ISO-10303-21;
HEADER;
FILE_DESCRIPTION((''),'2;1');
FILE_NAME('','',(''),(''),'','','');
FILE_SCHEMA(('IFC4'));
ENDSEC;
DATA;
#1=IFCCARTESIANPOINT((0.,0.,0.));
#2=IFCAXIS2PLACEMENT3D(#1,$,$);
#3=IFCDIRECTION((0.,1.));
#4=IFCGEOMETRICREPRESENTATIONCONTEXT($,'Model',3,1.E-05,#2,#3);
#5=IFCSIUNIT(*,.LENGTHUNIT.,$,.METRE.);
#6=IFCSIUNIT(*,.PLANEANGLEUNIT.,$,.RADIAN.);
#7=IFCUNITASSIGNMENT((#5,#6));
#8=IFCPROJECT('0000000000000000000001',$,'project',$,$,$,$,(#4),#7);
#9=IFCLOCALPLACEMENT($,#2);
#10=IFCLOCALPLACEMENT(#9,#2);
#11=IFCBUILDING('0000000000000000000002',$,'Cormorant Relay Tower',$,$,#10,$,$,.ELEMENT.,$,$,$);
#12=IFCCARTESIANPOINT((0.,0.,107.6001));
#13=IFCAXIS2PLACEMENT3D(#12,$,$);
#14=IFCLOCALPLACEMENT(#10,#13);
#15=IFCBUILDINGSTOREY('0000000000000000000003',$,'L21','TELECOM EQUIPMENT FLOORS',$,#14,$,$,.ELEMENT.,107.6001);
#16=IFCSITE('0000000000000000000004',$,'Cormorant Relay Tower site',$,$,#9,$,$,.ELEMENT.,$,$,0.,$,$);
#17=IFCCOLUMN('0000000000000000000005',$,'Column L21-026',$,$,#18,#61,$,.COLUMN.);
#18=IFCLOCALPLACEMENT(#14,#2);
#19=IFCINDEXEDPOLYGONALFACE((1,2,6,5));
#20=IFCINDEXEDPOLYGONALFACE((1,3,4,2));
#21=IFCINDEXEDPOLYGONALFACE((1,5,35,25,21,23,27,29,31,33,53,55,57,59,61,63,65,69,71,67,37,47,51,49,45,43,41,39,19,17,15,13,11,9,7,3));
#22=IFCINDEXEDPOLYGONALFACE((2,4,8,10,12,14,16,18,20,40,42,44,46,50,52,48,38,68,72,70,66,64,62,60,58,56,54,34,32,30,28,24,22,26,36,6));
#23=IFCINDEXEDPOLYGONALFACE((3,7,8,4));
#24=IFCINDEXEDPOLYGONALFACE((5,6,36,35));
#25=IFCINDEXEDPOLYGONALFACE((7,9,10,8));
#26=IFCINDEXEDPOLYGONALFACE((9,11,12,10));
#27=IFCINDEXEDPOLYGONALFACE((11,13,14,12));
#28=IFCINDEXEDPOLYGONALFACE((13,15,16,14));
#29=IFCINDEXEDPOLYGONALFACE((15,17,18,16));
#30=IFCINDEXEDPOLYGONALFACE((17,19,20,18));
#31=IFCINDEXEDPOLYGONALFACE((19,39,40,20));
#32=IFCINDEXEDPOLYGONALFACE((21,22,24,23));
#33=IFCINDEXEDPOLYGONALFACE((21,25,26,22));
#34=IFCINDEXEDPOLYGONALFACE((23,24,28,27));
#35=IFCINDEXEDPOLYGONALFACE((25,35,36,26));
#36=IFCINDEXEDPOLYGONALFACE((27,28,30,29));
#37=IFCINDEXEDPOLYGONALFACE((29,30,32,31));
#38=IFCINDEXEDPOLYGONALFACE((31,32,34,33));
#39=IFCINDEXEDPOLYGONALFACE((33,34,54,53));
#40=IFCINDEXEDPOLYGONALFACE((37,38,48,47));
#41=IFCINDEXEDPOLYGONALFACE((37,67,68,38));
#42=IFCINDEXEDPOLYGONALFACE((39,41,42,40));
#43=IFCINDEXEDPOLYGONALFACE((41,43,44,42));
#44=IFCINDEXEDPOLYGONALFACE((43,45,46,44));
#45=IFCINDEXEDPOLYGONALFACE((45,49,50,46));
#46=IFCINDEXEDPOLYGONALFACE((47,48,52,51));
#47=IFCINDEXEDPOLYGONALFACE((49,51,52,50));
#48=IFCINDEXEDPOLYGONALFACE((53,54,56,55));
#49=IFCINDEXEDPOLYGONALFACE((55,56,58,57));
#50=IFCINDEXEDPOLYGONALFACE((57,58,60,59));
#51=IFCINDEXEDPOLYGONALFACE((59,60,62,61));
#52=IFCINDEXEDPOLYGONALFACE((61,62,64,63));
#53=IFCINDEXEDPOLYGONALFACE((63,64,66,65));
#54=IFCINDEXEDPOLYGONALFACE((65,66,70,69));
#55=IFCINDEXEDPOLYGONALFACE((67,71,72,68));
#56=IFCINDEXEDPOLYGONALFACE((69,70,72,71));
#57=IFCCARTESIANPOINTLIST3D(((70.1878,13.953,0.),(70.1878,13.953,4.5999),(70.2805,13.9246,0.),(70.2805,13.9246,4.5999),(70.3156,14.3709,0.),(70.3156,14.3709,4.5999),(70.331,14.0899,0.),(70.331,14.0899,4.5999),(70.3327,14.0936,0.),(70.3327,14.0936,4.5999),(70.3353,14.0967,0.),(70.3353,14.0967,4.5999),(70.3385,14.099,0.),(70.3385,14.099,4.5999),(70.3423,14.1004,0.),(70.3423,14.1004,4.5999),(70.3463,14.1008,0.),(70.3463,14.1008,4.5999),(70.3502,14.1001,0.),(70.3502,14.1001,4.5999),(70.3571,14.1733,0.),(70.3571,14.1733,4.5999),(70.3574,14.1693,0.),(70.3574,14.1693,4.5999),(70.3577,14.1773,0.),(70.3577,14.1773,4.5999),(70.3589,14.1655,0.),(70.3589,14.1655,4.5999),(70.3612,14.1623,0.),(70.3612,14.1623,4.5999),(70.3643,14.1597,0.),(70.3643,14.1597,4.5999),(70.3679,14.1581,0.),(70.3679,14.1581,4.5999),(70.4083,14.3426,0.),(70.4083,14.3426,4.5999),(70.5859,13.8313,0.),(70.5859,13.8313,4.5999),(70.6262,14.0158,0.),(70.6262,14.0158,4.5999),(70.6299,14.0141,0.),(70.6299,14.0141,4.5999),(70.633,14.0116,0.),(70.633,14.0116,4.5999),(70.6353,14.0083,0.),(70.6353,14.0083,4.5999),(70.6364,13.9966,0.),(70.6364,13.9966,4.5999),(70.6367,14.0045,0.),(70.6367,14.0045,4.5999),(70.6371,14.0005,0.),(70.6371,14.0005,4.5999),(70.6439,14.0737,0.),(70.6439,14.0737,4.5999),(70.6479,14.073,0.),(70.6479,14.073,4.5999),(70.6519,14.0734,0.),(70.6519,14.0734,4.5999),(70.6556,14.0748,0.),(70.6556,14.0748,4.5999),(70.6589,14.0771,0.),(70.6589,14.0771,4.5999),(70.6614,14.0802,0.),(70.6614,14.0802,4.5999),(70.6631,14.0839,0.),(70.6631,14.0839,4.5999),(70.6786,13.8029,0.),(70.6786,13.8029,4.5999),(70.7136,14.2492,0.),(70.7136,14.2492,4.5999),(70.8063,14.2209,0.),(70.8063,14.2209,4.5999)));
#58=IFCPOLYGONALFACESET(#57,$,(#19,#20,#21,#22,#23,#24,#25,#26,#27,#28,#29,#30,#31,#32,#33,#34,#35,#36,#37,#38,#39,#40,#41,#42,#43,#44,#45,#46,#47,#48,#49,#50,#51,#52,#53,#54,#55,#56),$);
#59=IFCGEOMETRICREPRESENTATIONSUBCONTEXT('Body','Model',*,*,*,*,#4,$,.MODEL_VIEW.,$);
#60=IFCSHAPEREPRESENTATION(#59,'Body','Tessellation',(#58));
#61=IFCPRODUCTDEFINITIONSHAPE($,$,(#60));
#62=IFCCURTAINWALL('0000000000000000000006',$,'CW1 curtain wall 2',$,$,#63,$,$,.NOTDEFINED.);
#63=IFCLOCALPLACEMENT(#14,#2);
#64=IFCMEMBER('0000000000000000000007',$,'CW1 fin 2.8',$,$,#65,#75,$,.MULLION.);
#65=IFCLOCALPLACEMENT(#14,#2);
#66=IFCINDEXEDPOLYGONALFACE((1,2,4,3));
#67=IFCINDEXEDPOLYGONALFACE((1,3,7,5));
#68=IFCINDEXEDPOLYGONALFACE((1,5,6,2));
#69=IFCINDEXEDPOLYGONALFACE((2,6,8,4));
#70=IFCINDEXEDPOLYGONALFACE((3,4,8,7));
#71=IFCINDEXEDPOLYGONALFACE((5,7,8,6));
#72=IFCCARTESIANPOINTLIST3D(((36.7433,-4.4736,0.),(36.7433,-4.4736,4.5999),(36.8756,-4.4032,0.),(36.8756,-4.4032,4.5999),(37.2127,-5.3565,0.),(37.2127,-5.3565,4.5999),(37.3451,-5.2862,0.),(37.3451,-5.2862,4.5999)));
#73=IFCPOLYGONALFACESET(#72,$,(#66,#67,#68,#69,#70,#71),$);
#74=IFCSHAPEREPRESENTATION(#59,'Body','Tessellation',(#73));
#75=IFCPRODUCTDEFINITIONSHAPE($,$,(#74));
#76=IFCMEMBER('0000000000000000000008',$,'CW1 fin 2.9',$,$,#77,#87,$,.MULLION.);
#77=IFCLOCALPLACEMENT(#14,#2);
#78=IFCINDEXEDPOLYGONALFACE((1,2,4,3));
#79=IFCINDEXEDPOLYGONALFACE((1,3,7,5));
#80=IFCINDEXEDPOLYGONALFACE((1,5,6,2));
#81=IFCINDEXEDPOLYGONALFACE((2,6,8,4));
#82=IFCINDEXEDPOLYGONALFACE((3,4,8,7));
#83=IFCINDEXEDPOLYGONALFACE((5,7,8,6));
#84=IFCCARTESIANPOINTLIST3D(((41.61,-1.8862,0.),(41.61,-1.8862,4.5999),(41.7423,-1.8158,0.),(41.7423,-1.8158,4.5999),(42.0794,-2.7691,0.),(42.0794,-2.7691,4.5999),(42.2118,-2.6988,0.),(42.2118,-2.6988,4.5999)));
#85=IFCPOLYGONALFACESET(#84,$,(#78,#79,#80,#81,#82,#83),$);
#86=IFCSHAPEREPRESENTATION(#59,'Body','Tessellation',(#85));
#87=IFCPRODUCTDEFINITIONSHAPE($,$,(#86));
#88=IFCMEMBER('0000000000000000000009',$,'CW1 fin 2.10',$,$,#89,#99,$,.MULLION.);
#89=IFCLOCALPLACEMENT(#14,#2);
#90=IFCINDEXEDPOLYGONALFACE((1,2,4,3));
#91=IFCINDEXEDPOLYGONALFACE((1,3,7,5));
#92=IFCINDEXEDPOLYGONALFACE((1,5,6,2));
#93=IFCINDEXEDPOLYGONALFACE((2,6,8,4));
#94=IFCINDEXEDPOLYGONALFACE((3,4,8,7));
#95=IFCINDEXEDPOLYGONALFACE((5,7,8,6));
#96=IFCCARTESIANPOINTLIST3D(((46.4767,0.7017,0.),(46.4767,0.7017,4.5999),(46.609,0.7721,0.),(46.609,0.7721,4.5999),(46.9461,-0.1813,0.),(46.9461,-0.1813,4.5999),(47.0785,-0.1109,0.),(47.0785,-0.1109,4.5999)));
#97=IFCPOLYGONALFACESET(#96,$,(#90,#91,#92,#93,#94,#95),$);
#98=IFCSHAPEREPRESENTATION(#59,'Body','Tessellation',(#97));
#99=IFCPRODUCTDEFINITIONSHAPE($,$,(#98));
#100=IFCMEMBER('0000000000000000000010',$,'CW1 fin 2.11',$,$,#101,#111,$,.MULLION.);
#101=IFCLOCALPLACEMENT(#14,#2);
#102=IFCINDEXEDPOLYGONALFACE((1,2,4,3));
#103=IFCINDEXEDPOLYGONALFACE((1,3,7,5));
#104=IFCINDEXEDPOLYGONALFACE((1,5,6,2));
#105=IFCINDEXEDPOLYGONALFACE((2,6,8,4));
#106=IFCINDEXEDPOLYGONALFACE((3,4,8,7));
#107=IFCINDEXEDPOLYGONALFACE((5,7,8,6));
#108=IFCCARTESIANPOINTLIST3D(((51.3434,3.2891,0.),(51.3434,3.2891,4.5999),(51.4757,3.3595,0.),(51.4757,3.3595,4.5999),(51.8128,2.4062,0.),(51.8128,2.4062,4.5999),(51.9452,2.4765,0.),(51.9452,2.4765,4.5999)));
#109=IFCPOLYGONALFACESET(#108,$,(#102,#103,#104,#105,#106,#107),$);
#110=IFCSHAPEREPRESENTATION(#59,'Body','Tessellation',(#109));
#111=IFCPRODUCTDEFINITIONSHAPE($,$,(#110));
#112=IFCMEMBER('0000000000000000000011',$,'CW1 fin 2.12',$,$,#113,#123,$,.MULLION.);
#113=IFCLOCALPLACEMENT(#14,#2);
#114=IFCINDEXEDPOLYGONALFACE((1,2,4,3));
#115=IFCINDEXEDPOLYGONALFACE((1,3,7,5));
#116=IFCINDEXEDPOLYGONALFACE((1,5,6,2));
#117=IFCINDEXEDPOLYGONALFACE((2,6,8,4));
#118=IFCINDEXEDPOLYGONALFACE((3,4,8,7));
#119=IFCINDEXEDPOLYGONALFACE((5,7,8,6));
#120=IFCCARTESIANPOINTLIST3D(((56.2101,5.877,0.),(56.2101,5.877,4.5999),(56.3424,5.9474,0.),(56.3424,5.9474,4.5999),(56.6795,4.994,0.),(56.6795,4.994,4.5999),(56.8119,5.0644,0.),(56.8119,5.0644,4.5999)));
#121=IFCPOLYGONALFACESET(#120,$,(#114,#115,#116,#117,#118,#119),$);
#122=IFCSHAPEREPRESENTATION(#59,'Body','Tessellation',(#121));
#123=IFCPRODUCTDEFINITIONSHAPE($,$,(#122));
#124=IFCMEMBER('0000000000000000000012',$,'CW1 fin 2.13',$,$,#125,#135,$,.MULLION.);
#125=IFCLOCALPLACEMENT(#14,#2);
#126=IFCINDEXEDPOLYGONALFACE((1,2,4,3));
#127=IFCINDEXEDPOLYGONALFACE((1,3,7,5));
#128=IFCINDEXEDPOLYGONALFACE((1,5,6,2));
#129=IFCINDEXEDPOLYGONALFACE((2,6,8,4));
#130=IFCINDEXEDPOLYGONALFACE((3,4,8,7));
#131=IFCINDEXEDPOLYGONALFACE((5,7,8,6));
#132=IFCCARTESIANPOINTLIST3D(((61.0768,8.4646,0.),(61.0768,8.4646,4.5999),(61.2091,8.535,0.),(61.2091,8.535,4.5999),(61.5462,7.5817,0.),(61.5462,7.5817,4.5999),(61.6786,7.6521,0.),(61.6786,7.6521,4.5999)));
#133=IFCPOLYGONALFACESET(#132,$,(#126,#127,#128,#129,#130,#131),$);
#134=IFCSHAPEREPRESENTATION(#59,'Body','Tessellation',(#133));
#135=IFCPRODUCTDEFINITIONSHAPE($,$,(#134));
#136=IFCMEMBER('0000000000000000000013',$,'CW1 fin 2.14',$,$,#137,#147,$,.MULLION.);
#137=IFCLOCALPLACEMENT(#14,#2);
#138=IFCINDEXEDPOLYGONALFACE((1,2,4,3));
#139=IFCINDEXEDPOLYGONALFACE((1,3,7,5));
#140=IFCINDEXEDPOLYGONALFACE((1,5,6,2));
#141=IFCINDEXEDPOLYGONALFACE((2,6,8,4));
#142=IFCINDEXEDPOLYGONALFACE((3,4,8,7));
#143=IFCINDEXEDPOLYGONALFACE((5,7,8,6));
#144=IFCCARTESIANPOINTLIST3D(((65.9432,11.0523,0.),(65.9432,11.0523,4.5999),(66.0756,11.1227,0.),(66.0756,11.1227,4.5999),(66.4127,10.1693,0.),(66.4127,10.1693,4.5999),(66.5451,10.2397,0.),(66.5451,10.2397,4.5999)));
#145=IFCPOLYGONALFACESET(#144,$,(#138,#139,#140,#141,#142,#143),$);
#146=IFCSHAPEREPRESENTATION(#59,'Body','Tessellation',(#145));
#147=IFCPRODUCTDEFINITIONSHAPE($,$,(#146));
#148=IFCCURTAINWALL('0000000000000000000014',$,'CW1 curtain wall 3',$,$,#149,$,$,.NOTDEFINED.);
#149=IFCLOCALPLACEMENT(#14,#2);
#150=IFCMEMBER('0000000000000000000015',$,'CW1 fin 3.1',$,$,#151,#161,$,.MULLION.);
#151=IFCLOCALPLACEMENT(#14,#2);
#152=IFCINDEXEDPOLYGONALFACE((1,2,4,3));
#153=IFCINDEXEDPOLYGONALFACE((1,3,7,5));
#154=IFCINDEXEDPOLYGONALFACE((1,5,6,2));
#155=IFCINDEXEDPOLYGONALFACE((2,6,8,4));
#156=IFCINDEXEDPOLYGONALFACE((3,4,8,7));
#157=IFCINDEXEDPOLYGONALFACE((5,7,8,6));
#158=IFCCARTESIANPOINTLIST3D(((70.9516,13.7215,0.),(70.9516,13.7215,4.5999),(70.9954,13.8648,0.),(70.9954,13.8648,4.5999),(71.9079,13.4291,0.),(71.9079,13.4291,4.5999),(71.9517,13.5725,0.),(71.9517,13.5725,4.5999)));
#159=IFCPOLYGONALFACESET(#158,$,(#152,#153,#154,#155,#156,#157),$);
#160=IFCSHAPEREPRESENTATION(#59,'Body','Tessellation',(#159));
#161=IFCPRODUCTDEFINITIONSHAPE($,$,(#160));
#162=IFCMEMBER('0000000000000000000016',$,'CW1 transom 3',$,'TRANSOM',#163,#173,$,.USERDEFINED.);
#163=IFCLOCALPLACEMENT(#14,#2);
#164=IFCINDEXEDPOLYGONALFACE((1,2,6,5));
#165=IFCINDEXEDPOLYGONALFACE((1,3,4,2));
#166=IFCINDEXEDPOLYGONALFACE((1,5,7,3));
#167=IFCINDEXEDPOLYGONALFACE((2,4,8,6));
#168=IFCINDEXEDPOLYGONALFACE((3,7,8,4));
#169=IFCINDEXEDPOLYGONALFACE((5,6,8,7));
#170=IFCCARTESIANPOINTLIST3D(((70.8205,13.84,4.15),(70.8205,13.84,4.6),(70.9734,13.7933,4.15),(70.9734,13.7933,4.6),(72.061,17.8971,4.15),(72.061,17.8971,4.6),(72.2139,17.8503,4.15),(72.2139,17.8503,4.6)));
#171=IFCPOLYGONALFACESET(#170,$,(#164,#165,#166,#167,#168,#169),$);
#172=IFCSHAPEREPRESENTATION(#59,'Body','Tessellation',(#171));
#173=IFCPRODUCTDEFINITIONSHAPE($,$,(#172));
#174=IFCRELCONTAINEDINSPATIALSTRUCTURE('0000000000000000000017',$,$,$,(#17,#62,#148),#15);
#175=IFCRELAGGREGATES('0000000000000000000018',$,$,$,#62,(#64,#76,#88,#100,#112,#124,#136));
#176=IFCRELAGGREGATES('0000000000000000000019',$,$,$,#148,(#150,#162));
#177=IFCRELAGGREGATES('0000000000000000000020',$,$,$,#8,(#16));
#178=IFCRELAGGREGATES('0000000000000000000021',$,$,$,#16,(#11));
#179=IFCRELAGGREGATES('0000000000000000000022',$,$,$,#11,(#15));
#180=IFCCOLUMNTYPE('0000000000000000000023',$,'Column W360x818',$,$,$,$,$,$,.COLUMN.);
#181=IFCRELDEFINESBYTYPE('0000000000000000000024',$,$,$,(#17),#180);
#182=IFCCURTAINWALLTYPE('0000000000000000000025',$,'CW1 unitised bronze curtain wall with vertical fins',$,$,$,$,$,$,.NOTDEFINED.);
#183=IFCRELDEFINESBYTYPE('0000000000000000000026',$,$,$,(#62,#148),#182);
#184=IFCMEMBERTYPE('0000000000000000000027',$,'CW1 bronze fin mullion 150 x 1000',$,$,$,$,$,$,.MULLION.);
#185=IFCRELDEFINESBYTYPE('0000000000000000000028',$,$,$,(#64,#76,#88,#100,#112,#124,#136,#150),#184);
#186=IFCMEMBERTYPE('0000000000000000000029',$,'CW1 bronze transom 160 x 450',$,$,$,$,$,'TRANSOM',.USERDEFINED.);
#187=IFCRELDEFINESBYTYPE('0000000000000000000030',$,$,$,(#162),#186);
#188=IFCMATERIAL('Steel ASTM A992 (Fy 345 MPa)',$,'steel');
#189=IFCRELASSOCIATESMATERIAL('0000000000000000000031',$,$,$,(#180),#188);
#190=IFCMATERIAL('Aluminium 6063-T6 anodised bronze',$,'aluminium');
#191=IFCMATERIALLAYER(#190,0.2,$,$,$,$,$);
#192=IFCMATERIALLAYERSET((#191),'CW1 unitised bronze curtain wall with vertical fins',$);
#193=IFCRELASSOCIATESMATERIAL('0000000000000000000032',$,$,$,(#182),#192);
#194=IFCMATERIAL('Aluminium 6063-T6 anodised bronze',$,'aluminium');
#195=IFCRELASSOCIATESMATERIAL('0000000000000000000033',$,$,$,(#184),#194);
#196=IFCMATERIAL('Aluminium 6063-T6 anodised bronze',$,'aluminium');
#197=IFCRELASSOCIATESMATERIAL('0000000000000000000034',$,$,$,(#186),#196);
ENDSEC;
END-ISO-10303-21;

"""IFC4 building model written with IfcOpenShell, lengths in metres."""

from ifc_helpers import new_model, si_unit, direction, frame, origin, origin_2d, place, context, subcontext, project, spatial, rectangle, i_section, extrude, material, layer, layer_set, material_profile, profile_set, type_object, element, aggregate, save


model = new_model("IFC4")

# Units and contexts
model_context = context("Model", 3, precision=1e-05, world=origin(), true_north=direction((0.0, 1.0)))
body_context = subcontext(model_context, "Body", "Model", "MODEL_VIEW")
ifc_project = project(units=[si_unit("LENGTHUNIT", "METRE"), si_unit("PLANEANGLEUNIT", "RADIAN")], contexts=[model_context])

# Site, building, storey
site_placement = place(None, origin())
site = spatial("IfcSite", under=ifc_project, at=site_placement, Name="Cormorant Relay Tower site", CompositionType="ELEMENT", RefElevation=0.0)
building_placement = place(site_placement, origin())
building = spatial("IfcBuilding", under=site, at=building_placement, Name="Cormorant Relay Tower", CompositionType="ELEMENT")
storey_placement = place(building_placement, frame((0.0, 0.0, 107.6001)))
storey = spatial("IfcBuildingStorey", under=building, at=storey_placement, Name="L21", Description="TELECOM EQUIPMENT FLOORS", CompositionType="ELEMENT", Elevation=107.6001)

# Column
ifc_material_1 = material(Name="Steel ASTM A992 (Fy 345 MPa)", Category="steel")
ifc_material_profile_1 = material_profile(ifc_material_1, i_section(OverallWidth=0.437, OverallDepth=0.5132, WebThickness=0.0605, FlangeThickness=0.0969, FilletRadius=0.0154, at=origin_2d()), Name="W360x818")
ifc_profile_set_1 = profile_set([ifc_material_profile_1], Name="Steel ASTM A992 (Fy 345 MPa)")
column_type_1 = type_object("IfcColumnType", Name="Column W360x818", PredefinedType="COLUMN", material=ifc_profile_set_1)
for number, where, z_axis, x_axis, name in (
    (1, (70.4971, 14.0869, 0.0), (0.0, 0.0, 1.0), (0.292372, 0.956305, 0.0), "Column L21-026"),
):
    element("IfcColumn", number, at=place(storey_placement, frame(where, z_axis=z_axis, x_axis=x_axis)), inside=storey, type_object=column_type_1, Name=name, PredefinedType="COLUMN", context=body_context, shape_type="SweptSolid", body=[
        extrude(i_section(OverallWidth=0.437, OverallDepth=0.5132, WebThickness=0.0605, FlangeThickness=0.0969, FilletRadius=0.0154, at=origin_2d()), origin(), (0.0, 0.0, 1.0), 4.5999),
    ])

# Curtain walls, members
ifc_material_2 = material(Name="Aluminium 6063-T6 anodised bronze", Category="aluminium")
ifc_layer_1 = layer(ifc_material_2, 0.2)
ifc_layer_set_1 = layer_set([ifc_layer_1], Name="CW1 unitised bronze curtain wall with vertical fins")
curtain_wall_type = type_object("IfcCurtainWallType", Name="CW1 unitised bronze curtain wall with vertical fins", PredefinedType="NOTDEFINED", material=ifc_layer_set_1)
curtain_wall_1_placement = place(storey_placement, origin())
curtain_wall_1 = element("IfcCurtainWall", 2, at=curtain_wall_1_placement, inside=storey, type_object=curtain_wall_type, Name="CW1 curtain wall 2", PredefinedType="NOTDEFINED")
ifc_material_3 = material(Name="Aluminium 6063-T6 anodised bronze", Category="aluminium")
ifc_material_profile_2 = material_profile(ifc_material_3, rectangle(XDim=0.1499, YDim=1.0, at=origin_2d()), Name="AL 150x1000")
ifc_profile_set_2 = profile_set([ifc_material_profile_2], Name="Aluminium 6063-T6 anodised bronze")
member_type_1 = type_object("IfcMemberType", Name="CW1 bronze fin mullion 150 x 1000", PredefinedType="MULLION", material=ifc_profile_set_2)
member_1_placement = place(storey_placement, frame((37.0442, -4.8799, 0.0), z_axis=(0.0, 0.0, 1.0), x_axis=(0.882948, 0.469472, 0.0)))
member_1 = element("IfcMember", 3, at=member_1_placement, type_object=member_type_1, Name="CW1 fin 2.8", PredefinedType="MULLION", context=body_context, shape_type="SweptSolid", body=[
    extrude(rectangle(XDim=0.1499, YDim=1.0, at=origin_2d()), origin(), (0.0, 0.0, 1.0), 4.5999),
])
member_2_placement = place(storey_placement, frame((41.9109, -2.2925, 0.0), z_axis=(0.0, 0.0, 1.0), x_axis=(0.882948, 0.469472, 0.0)))
member_2 = element("IfcMember", 4, at=member_2_placement, type_object=member_type_1, Name="CW1 fin 2.9", PredefinedType="MULLION", context=body_context, shape_type="SweptSolid", body=[
    extrude(rectangle(XDim=0.1499, YDim=1.0, at=origin_2d()), origin(), (0.0, 0.0, 1.0), 4.5999),
])
member_3_placement = place(storey_placement, frame((46.7776, 0.2954, 0.0), z_axis=(0.0, 0.0, 1.0), x_axis=(0.882948, 0.469472, 0.0)))
member_3 = element("IfcMember", 5, at=member_3_placement, type_object=member_type_1, Name="CW1 fin 2.10", PredefinedType="MULLION", context=body_context, shape_type="SweptSolid", body=[
    extrude(rectangle(XDim=0.1499, YDim=1.0, at=origin_2d()), origin(), (0.0, 0.0, 1.0), 4.5999),
])
member_4_placement = place(storey_placement, frame((51.6443, 2.8828, 0.0), z_axis=(0.0, 0.0, 1.0), x_axis=(0.882948, 0.469472, 0.0)))
member_4 = element("IfcMember", 6, at=member_4_placement, type_object=member_type_1, Name="CW1 fin 2.11", PredefinedType="MULLION", context=body_context, shape_type="SweptSolid", body=[
    extrude(rectangle(XDim=0.1499, YDim=1.0, at=origin_2d()), origin(), (0.0, 0.0, 1.0), 4.5999),
])
member_5_placement = place(storey_placement, frame((56.511, 5.4707, 0.0), z_axis=(0.0, 0.0, 1.0), x_axis=(0.882948, 0.469472, 0.0)))
member_5 = element("IfcMember", 7, at=member_5_placement, type_object=member_type_1, Name="CW1 fin 2.12", PredefinedType="MULLION", context=body_context, shape_type="SweptSolid", body=[
    extrude(rectangle(XDim=0.1499, YDim=1.0, at=origin_2d()), origin(), (0.0, 0.0, 1.0), 4.5999),
])
member_6_placement = place(storey_placement, frame((61.3777, 8.0583, 0.0), z_axis=(0.0, 0.0, 1.0), x_axis=(0.882948, 0.469472, 0.0)))
member_6 = element("IfcMember", 8, at=member_6_placement, type_object=member_type_1, Name="CW1 fin 2.13", PredefinedType="MULLION", context=body_context, shape_type="SweptSolid", body=[
    extrude(rectangle(XDim=0.1499, YDim=1.0, at=origin_2d()), origin(), (0.0, 0.0, 1.0), 4.5999),
])
member_7_placement = place(storey_placement, frame((66.2441, 10.646, 0.0), z_axis=(0.0, 0.0, 1.0), x_axis=(0.882948, 0.469472, 0.0)))
member_7 = element("IfcMember", 9, at=member_7_placement, type_object=member_type_1, Name="CW1 fin 2.14", PredefinedType="MULLION", context=body_context, shape_type="SweptSolid", body=[
    extrude(rectangle(XDim=0.1499, YDim=1.0, at=origin_2d()), origin(), (0.0, 0.0, 1.0), 4.5999),
])
curtain_wall_2_placement = place(storey_placement, origin())
curtain_wall_2 = element("IfcCurtainWall", 10, at=curtain_wall_2_placement, inside=storey, type_object=curtain_wall_type, Name="CW1 curtain wall 3", PredefinedType="NOTDEFINED")
member_8_placement = place(storey_placement, frame((71.4517, 13.647, 0.0), z_axis=(0.0, 0.0, 1.0), x_axis=(0.292372, 0.956305, 0.0)))
member_8 = element("IfcMember", 11, at=member_8_placement, type_object=member_type_1, Name="CW1 fin 3.1", PredefinedType="MULLION", context=body_context, shape_type="SweptSolid", body=[
    extrude(rectangle(XDim=0.1499, YDim=1.0, at=origin_2d()), origin(), (0.0, 0.0, 1.0), 4.5999),
])
ifc_material_4 = material(Name="Aluminium 6063-T6 anodised bronze", Category="aluminium")
ifc_material_profile_3 = material_profile(ifc_material_4, rectangle(XDim=0.1599, YDim=0.45, at=origin_2d()), Name="AL 160x450")
ifc_profile_set_3 = profile_set([ifc_material_profile_3], Name="Aluminium 6063-T6 anodised bronze")
member_type_2 = type_object("IfcMemberType", Name="CW1 bronze transom 160 x 450", ElementType="TRANSOM", PredefinedType="USERDEFINED", material=ifc_profile_set_3)
member_9_placement = place(storey_placement, frame((70.897, 13.8167, 4.375), z_axis=(0.292391, 0.956299, 0.0), x_axis=(-0.956299, 0.292391, 0.0)))
member_9 = element("IfcMember", 12, at=member_9_placement, type_object=member_type_2, Name="CW1 transom 3", ObjectType="TRANSOM", PredefinedType="USERDEFINED", context=body_context, shape_type="SweptSolid", body=[
    extrude(rectangle(XDim=0.1599, YDim=0.45, at=origin_2d()), origin(), (0.0, 0.0, 1.0), 4.2424),
])

aggregate(curtain_wall_1, [member_1, member_2, member_3, member_4, member_5, member_6, member_7])
aggregate(curtain_wall_2, [member_8, member_9])

save(model, "model.ifc")
